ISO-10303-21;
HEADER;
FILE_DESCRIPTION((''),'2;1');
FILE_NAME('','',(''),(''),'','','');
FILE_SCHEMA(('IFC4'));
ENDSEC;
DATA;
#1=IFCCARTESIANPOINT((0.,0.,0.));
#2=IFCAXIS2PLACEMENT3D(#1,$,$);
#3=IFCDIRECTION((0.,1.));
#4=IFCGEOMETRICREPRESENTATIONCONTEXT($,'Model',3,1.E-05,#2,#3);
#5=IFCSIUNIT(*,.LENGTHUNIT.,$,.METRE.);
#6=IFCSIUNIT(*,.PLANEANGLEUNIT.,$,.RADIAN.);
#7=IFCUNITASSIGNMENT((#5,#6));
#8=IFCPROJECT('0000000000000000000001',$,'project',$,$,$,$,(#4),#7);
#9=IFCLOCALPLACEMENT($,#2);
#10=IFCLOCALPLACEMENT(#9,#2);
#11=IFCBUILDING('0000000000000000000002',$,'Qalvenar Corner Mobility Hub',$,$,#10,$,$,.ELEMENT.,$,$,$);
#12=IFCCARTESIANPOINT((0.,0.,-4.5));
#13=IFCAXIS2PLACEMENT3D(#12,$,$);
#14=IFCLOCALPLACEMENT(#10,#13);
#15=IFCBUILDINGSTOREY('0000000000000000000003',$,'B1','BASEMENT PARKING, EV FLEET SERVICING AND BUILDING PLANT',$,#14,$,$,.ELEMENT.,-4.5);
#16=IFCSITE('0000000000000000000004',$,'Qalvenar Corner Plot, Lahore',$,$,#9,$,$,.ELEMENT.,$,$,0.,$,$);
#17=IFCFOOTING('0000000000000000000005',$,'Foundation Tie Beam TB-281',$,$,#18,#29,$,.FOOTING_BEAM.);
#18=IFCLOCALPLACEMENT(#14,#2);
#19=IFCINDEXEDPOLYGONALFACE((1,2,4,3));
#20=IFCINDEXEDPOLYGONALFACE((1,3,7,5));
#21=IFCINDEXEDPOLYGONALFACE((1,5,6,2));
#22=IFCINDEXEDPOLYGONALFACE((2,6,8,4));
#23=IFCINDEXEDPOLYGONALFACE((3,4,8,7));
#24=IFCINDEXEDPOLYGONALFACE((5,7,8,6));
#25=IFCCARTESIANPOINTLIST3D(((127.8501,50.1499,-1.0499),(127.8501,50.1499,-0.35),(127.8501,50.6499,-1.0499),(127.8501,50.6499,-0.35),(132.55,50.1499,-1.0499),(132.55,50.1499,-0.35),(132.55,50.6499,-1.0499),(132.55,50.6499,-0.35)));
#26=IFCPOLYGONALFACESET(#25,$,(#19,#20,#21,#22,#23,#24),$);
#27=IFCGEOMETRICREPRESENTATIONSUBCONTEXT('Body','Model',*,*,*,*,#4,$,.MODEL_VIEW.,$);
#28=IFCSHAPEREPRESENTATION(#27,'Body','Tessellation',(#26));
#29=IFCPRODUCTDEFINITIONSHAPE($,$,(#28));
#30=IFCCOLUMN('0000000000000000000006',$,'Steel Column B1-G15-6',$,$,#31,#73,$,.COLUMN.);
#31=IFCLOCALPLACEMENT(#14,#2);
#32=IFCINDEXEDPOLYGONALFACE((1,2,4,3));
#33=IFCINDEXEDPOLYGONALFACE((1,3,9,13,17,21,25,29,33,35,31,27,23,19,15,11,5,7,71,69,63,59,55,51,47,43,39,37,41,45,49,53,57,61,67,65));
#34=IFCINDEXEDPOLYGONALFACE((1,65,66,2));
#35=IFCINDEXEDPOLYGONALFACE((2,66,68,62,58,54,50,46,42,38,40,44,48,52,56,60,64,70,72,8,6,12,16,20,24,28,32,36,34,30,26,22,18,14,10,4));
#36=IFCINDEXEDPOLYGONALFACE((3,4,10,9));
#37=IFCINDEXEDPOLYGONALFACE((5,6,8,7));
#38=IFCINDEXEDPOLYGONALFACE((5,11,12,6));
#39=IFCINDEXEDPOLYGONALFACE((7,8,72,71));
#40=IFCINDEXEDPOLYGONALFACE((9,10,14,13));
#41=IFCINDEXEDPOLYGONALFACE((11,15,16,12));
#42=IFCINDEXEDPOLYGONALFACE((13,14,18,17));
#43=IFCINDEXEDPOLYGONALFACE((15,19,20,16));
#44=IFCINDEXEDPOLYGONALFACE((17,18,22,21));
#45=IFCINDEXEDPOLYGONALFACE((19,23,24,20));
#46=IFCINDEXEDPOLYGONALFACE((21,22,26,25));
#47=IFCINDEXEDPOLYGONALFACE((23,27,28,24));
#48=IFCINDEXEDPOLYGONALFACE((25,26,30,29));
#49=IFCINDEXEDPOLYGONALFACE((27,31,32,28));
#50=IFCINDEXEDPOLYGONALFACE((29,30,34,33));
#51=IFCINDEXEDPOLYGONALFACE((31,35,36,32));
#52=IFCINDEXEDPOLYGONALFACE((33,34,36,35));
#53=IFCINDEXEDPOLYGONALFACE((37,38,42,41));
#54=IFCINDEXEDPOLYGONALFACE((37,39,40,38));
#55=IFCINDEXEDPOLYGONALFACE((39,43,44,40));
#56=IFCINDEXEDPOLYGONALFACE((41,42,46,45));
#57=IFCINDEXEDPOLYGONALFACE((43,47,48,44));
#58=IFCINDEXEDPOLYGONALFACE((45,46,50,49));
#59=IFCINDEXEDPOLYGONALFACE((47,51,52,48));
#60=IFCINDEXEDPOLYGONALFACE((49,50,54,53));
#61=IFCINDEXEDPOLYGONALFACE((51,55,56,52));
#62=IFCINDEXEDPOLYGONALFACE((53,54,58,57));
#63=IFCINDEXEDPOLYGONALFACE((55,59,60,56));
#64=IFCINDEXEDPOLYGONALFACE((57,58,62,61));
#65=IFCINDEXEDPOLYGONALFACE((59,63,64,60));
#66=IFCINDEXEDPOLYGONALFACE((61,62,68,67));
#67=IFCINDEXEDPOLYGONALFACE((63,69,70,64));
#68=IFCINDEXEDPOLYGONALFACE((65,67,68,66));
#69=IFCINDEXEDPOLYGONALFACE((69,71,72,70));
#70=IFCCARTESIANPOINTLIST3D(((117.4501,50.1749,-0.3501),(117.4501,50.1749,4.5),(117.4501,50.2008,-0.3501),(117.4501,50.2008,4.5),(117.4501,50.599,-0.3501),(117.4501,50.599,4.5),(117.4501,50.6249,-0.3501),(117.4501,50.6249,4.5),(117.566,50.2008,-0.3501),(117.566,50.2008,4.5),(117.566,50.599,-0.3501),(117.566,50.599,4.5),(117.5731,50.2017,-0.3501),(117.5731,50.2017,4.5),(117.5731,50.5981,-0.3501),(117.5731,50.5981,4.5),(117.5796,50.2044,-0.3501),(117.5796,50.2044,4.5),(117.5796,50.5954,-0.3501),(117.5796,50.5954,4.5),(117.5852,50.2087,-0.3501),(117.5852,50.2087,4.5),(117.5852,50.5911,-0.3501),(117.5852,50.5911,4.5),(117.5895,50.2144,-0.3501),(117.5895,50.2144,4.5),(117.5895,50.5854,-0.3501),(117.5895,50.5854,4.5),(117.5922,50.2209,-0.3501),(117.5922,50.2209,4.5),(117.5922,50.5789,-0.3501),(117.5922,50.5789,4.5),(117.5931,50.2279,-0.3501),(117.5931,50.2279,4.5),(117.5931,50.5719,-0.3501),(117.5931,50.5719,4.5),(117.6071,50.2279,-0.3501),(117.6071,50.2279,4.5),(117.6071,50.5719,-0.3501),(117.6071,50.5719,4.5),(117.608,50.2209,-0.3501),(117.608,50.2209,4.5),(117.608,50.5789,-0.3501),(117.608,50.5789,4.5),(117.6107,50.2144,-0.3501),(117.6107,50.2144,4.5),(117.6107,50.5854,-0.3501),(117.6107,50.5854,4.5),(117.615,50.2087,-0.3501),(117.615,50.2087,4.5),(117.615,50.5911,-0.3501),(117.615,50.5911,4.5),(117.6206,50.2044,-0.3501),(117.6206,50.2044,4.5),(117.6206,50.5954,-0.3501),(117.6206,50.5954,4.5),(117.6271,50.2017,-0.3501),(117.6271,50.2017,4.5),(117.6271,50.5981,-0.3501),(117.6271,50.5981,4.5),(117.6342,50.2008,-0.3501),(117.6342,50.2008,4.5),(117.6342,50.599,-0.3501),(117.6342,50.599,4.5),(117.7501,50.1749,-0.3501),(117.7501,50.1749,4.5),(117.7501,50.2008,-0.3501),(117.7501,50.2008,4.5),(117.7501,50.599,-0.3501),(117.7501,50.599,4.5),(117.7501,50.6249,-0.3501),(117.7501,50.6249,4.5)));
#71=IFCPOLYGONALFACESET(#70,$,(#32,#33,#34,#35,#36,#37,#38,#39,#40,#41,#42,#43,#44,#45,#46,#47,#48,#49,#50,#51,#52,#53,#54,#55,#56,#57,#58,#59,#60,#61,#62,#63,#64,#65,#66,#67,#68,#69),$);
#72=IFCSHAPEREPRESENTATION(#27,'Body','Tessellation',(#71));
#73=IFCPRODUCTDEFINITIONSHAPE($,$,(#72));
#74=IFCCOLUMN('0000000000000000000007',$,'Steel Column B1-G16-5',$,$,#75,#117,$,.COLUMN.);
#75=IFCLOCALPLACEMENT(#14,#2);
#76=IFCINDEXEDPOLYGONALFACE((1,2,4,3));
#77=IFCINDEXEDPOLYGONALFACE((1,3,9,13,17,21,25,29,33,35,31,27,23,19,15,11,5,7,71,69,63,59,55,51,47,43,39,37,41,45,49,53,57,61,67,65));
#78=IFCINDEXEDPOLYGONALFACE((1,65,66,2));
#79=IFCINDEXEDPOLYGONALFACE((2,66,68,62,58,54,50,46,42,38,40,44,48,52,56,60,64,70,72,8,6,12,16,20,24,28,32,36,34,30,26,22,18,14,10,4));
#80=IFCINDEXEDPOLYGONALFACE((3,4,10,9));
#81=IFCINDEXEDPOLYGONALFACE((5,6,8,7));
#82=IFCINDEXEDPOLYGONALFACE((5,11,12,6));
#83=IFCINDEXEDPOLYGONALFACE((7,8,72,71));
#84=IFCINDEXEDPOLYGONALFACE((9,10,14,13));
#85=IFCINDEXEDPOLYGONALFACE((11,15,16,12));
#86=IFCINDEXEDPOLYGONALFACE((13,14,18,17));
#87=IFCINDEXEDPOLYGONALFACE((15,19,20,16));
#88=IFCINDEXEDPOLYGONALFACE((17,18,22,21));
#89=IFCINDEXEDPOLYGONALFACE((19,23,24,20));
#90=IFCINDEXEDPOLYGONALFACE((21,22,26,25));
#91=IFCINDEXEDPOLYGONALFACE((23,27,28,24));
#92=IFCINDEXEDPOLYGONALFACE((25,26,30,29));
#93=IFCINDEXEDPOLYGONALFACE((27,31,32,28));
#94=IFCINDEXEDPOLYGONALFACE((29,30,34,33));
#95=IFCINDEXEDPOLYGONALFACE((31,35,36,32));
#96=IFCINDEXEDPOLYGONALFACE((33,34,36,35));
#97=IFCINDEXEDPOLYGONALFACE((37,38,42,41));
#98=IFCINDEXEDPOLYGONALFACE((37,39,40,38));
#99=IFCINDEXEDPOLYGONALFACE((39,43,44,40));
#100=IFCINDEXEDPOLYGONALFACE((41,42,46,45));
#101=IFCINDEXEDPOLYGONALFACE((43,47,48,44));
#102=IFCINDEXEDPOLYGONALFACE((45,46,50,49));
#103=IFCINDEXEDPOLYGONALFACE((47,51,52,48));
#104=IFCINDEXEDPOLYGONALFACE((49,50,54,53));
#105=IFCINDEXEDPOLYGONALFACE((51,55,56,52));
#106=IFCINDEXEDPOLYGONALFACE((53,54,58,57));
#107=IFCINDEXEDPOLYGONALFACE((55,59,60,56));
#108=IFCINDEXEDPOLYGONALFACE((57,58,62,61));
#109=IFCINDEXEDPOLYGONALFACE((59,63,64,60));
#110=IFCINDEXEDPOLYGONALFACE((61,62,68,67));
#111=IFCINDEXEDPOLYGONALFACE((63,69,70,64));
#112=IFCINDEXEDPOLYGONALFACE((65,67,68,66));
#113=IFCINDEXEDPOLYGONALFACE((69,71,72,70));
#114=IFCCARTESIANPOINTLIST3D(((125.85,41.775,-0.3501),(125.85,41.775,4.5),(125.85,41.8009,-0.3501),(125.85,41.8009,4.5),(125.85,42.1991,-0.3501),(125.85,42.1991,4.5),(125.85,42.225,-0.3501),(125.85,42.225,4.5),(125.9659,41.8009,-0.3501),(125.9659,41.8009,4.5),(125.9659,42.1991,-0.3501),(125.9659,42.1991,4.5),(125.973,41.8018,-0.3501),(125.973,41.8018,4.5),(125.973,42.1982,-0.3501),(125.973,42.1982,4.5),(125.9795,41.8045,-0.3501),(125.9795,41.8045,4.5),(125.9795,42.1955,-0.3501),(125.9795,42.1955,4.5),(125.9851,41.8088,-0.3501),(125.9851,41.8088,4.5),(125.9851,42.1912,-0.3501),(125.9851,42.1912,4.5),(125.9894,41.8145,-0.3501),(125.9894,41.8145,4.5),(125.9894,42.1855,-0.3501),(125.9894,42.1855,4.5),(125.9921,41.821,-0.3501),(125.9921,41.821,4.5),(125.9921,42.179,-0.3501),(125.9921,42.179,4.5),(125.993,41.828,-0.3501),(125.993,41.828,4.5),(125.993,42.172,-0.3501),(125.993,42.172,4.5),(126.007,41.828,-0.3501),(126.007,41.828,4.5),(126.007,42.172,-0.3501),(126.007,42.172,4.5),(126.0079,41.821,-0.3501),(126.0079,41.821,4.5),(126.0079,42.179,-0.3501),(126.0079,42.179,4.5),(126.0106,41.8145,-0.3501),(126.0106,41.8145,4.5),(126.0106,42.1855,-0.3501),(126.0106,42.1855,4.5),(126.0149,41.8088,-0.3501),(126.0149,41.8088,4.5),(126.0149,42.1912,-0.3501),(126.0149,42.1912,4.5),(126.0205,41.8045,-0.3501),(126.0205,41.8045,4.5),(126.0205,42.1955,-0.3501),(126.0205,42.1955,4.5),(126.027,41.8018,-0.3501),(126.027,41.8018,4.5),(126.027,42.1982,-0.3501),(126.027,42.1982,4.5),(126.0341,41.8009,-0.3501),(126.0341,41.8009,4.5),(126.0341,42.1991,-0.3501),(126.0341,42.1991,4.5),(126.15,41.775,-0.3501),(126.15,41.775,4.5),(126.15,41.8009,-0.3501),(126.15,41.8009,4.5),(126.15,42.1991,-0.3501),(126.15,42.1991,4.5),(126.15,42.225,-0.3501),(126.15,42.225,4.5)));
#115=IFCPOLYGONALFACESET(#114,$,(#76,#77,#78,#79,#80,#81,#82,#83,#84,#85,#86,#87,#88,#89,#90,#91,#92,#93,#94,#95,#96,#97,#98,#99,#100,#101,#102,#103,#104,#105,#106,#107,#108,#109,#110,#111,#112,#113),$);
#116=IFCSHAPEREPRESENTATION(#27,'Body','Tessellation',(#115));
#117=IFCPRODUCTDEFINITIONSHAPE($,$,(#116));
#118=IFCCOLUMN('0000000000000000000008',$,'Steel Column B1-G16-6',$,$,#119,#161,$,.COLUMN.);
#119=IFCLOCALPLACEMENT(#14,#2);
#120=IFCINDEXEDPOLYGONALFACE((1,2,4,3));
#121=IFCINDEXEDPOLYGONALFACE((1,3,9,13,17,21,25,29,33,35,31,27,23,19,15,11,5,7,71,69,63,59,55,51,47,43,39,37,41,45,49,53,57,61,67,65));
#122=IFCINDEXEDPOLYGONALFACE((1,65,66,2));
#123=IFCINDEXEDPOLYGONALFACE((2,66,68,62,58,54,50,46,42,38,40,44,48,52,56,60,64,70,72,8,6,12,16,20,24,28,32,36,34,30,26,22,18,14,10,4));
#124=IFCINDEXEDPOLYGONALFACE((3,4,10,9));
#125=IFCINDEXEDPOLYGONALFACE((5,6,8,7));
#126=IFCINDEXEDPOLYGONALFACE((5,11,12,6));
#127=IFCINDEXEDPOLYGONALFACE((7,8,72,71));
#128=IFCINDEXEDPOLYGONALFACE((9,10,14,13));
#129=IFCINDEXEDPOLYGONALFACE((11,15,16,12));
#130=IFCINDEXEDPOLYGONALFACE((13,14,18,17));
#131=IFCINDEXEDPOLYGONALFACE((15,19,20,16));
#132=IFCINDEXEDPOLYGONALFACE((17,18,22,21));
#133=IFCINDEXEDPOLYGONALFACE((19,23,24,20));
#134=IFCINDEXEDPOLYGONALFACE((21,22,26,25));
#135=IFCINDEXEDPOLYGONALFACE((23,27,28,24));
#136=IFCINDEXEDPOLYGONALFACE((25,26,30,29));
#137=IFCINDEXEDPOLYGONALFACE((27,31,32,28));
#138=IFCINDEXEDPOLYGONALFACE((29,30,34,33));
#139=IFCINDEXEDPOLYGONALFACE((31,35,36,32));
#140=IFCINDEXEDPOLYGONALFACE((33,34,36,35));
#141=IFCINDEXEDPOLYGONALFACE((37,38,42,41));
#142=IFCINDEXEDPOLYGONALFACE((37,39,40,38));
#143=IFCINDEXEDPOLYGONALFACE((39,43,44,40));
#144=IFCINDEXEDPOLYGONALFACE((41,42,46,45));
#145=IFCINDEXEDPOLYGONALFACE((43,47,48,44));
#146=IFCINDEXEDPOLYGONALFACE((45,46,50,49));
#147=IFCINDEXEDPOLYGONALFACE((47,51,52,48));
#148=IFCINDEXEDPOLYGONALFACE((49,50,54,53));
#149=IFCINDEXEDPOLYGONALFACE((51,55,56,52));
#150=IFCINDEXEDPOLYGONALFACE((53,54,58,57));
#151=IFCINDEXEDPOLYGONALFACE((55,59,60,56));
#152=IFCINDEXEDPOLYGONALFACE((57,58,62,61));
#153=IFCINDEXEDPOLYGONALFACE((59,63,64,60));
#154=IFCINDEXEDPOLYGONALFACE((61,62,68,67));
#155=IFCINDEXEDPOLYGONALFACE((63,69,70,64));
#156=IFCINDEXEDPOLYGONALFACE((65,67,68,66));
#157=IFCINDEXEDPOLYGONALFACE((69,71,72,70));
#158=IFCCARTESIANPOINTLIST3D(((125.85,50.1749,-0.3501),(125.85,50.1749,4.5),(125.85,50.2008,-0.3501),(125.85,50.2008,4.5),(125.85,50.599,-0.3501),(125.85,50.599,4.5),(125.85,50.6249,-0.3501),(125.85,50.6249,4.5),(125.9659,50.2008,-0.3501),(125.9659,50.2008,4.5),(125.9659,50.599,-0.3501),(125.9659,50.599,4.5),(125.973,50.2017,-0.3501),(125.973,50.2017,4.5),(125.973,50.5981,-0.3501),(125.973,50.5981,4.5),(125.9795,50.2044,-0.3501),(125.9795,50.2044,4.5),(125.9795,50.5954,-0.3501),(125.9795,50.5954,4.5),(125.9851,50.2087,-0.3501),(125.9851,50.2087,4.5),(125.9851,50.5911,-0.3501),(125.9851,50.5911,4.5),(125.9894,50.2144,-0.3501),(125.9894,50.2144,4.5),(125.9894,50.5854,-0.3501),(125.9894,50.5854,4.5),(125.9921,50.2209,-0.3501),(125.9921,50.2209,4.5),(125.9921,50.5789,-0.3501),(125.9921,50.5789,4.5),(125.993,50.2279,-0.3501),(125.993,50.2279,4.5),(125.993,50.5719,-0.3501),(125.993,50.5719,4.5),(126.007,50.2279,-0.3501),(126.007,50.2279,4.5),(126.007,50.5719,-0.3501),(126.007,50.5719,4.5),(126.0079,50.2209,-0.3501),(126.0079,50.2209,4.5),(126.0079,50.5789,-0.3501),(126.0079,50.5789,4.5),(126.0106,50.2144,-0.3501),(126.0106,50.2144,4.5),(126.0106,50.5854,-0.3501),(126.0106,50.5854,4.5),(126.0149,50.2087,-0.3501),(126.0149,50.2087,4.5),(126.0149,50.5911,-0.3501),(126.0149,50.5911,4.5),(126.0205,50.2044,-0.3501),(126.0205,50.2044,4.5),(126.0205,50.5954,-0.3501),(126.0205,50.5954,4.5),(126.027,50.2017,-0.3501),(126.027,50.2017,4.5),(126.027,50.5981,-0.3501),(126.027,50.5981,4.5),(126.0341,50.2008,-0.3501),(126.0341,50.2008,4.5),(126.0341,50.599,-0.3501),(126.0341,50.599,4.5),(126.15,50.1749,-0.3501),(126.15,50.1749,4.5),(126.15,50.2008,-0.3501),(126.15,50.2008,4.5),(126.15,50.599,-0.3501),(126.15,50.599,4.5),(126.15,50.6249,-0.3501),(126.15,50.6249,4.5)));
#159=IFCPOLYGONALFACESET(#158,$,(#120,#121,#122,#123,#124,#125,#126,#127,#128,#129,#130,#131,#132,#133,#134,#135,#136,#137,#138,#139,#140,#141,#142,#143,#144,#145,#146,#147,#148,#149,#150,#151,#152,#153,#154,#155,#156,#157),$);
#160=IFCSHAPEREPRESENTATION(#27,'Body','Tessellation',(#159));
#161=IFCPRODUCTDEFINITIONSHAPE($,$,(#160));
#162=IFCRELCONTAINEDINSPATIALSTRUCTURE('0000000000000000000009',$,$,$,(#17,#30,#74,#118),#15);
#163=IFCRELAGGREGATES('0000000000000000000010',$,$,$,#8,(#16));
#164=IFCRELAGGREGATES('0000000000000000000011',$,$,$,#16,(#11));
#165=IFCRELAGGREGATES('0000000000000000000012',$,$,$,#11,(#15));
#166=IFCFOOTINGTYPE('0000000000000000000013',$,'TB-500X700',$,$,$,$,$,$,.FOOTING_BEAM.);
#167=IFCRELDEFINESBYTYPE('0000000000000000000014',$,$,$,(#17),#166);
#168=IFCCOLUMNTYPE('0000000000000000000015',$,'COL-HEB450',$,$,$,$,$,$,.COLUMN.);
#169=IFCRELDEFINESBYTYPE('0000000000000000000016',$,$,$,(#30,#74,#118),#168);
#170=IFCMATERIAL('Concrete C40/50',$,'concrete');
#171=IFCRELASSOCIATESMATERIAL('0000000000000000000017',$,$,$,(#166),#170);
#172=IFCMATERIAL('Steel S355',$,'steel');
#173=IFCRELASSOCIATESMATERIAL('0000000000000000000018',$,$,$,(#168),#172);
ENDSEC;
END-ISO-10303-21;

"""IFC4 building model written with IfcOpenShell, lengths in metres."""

from ifc_helpers import new_model, si_unit, direction, frame, origin, origin_2d, place, context, subcontext, project, spatial, rectangle, i_section, extrude, material, material_profile, profile_set, type_object, element, save


model = new_model("IFC4")

# Units and contexts
model_context = context("Model", 3, precision=1e-05, world=origin(), true_north=direction((0.0, 1.0)))
body_context = subcontext(model_context, "Body", "Model", "MODEL_VIEW")
ifc_project = project(units=[si_unit("LENGTHUNIT", "METRE"), si_unit("PLANEANGLEUNIT", "RADIAN")], contexts=[model_context])

# Site, building, storey
site_placement = place(None, origin())
site = spatial("IfcSite", under=ifc_project, at=site_placement, Name="Qalvenar Corner Plot, Lahore", CompositionType="ELEMENT", RefElevation=0.0)
building_placement = place(site_placement, origin())
building = spatial("IfcBuilding", under=site, at=building_placement, Name="Qalvenar Corner Mobility Hub", CompositionType="ELEMENT")
storey_placement = place(building_placement, frame((0.0, 0.0, -4.5)))
storey = spatial("IfcBuildingStorey", under=building, at=storey_placement, Name="B1", Description="BASEMENT PARKING, EV FLEET SERVICING AND BUILDING PLANT", CompositionType="ELEMENT", Elevation=-4.5)

# Shared definitions
ifc_material_1 = material(Name="Concrete C40/50", Category="concrete")

# Footing
ifc_material_profile_1 = material_profile(ifc_material_1, rectangle(XDim=0.5, YDim=0.7, at=origin_2d()), Name="RC500x700")
ifc_profile_set_1 = profile_set([ifc_material_profile_1], Name="Concrete C40/50")
footing_type_1 = type_object("IfcFootingType", Name="TB-500X700", PredefinedType="FOOTING_BEAM", material=ifc_profile_set_1)
footing_1_placement = place(storey_placement, frame((127.8501, 50.3999, -0.7), z_axis=(1.0, 0.0, 0.0), x_axis=(0.0, 1.0, 0.0)))
element("IfcFooting", 1, at=footing_1_placement, inside=storey, type_object=footing_type_1, Name="Foundation Tie Beam TB-281", PredefinedType="FOOTING_BEAM", context=body_context, shape_type="SweptSolid", body=[
    extrude(rectangle(XDim=0.5, YDim=0.7, at=origin_2d()), origin(), (0.0, 0.0, 1.0), 4.7),
])

# Columns
ifc_material_2 = material(Name="Steel S355", Category="steel")
ifc_material_profile_2 = material_profile(ifc_material_2, i_section(OverallWidth=0.3, OverallDepth=0.45, WebThickness=0.0139, FlangeThickness=0.0259, FilletRadius=0.0271, at=origin_2d()), Name="HEB450")
ifc_profile_set_2 = profile_set([ifc_material_profile_2], Name="Steel S355")
column_type_1 = type_object("IfcColumnType", Name="COL-HEB450", PredefinedType="COLUMN", material=ifc_profile_set_2)
for number, where, z_axis, x_axis, name in (
    (2, (117.6001, 50.3999, -0.3501), (0.0, 0.0, 1.0), (1.0, 0.0, 0.0), "Steel Column B1-G15-6"),
    (3, (126.0, 42.0, -0.3501), (0.0, 0.0, 1.0), (1.0, 0.0, 0.0), "Steel Column B1-G16-5"),
    (4, (126.0, 50.3999, -0.3501), (0.0, 0.0, 1.0), (1.0, 0.0, 0.0), "Steel Column B1-G16-6"),
):
    element("IfcColumn", number, at=place(storey_placement, frame(where, z_axis=z_axis, x_axis=x_axis)), inside=storey, type_object=column_type_1, Name=name, PredefinedType="COLUMN", context=body_context, shape_type="SweptSolid", body=[
        extrude(i_section(OverallWidth=0.3, OverallDepth=0.45, WebThickness=0.0139, FlangeThickness=0.0259, FilletRadius=0.0271, at=origin_2d()), origin(), (0.0, 0.0, 1.0), 4.8501),
    ])

save(model, "model.ifc")
